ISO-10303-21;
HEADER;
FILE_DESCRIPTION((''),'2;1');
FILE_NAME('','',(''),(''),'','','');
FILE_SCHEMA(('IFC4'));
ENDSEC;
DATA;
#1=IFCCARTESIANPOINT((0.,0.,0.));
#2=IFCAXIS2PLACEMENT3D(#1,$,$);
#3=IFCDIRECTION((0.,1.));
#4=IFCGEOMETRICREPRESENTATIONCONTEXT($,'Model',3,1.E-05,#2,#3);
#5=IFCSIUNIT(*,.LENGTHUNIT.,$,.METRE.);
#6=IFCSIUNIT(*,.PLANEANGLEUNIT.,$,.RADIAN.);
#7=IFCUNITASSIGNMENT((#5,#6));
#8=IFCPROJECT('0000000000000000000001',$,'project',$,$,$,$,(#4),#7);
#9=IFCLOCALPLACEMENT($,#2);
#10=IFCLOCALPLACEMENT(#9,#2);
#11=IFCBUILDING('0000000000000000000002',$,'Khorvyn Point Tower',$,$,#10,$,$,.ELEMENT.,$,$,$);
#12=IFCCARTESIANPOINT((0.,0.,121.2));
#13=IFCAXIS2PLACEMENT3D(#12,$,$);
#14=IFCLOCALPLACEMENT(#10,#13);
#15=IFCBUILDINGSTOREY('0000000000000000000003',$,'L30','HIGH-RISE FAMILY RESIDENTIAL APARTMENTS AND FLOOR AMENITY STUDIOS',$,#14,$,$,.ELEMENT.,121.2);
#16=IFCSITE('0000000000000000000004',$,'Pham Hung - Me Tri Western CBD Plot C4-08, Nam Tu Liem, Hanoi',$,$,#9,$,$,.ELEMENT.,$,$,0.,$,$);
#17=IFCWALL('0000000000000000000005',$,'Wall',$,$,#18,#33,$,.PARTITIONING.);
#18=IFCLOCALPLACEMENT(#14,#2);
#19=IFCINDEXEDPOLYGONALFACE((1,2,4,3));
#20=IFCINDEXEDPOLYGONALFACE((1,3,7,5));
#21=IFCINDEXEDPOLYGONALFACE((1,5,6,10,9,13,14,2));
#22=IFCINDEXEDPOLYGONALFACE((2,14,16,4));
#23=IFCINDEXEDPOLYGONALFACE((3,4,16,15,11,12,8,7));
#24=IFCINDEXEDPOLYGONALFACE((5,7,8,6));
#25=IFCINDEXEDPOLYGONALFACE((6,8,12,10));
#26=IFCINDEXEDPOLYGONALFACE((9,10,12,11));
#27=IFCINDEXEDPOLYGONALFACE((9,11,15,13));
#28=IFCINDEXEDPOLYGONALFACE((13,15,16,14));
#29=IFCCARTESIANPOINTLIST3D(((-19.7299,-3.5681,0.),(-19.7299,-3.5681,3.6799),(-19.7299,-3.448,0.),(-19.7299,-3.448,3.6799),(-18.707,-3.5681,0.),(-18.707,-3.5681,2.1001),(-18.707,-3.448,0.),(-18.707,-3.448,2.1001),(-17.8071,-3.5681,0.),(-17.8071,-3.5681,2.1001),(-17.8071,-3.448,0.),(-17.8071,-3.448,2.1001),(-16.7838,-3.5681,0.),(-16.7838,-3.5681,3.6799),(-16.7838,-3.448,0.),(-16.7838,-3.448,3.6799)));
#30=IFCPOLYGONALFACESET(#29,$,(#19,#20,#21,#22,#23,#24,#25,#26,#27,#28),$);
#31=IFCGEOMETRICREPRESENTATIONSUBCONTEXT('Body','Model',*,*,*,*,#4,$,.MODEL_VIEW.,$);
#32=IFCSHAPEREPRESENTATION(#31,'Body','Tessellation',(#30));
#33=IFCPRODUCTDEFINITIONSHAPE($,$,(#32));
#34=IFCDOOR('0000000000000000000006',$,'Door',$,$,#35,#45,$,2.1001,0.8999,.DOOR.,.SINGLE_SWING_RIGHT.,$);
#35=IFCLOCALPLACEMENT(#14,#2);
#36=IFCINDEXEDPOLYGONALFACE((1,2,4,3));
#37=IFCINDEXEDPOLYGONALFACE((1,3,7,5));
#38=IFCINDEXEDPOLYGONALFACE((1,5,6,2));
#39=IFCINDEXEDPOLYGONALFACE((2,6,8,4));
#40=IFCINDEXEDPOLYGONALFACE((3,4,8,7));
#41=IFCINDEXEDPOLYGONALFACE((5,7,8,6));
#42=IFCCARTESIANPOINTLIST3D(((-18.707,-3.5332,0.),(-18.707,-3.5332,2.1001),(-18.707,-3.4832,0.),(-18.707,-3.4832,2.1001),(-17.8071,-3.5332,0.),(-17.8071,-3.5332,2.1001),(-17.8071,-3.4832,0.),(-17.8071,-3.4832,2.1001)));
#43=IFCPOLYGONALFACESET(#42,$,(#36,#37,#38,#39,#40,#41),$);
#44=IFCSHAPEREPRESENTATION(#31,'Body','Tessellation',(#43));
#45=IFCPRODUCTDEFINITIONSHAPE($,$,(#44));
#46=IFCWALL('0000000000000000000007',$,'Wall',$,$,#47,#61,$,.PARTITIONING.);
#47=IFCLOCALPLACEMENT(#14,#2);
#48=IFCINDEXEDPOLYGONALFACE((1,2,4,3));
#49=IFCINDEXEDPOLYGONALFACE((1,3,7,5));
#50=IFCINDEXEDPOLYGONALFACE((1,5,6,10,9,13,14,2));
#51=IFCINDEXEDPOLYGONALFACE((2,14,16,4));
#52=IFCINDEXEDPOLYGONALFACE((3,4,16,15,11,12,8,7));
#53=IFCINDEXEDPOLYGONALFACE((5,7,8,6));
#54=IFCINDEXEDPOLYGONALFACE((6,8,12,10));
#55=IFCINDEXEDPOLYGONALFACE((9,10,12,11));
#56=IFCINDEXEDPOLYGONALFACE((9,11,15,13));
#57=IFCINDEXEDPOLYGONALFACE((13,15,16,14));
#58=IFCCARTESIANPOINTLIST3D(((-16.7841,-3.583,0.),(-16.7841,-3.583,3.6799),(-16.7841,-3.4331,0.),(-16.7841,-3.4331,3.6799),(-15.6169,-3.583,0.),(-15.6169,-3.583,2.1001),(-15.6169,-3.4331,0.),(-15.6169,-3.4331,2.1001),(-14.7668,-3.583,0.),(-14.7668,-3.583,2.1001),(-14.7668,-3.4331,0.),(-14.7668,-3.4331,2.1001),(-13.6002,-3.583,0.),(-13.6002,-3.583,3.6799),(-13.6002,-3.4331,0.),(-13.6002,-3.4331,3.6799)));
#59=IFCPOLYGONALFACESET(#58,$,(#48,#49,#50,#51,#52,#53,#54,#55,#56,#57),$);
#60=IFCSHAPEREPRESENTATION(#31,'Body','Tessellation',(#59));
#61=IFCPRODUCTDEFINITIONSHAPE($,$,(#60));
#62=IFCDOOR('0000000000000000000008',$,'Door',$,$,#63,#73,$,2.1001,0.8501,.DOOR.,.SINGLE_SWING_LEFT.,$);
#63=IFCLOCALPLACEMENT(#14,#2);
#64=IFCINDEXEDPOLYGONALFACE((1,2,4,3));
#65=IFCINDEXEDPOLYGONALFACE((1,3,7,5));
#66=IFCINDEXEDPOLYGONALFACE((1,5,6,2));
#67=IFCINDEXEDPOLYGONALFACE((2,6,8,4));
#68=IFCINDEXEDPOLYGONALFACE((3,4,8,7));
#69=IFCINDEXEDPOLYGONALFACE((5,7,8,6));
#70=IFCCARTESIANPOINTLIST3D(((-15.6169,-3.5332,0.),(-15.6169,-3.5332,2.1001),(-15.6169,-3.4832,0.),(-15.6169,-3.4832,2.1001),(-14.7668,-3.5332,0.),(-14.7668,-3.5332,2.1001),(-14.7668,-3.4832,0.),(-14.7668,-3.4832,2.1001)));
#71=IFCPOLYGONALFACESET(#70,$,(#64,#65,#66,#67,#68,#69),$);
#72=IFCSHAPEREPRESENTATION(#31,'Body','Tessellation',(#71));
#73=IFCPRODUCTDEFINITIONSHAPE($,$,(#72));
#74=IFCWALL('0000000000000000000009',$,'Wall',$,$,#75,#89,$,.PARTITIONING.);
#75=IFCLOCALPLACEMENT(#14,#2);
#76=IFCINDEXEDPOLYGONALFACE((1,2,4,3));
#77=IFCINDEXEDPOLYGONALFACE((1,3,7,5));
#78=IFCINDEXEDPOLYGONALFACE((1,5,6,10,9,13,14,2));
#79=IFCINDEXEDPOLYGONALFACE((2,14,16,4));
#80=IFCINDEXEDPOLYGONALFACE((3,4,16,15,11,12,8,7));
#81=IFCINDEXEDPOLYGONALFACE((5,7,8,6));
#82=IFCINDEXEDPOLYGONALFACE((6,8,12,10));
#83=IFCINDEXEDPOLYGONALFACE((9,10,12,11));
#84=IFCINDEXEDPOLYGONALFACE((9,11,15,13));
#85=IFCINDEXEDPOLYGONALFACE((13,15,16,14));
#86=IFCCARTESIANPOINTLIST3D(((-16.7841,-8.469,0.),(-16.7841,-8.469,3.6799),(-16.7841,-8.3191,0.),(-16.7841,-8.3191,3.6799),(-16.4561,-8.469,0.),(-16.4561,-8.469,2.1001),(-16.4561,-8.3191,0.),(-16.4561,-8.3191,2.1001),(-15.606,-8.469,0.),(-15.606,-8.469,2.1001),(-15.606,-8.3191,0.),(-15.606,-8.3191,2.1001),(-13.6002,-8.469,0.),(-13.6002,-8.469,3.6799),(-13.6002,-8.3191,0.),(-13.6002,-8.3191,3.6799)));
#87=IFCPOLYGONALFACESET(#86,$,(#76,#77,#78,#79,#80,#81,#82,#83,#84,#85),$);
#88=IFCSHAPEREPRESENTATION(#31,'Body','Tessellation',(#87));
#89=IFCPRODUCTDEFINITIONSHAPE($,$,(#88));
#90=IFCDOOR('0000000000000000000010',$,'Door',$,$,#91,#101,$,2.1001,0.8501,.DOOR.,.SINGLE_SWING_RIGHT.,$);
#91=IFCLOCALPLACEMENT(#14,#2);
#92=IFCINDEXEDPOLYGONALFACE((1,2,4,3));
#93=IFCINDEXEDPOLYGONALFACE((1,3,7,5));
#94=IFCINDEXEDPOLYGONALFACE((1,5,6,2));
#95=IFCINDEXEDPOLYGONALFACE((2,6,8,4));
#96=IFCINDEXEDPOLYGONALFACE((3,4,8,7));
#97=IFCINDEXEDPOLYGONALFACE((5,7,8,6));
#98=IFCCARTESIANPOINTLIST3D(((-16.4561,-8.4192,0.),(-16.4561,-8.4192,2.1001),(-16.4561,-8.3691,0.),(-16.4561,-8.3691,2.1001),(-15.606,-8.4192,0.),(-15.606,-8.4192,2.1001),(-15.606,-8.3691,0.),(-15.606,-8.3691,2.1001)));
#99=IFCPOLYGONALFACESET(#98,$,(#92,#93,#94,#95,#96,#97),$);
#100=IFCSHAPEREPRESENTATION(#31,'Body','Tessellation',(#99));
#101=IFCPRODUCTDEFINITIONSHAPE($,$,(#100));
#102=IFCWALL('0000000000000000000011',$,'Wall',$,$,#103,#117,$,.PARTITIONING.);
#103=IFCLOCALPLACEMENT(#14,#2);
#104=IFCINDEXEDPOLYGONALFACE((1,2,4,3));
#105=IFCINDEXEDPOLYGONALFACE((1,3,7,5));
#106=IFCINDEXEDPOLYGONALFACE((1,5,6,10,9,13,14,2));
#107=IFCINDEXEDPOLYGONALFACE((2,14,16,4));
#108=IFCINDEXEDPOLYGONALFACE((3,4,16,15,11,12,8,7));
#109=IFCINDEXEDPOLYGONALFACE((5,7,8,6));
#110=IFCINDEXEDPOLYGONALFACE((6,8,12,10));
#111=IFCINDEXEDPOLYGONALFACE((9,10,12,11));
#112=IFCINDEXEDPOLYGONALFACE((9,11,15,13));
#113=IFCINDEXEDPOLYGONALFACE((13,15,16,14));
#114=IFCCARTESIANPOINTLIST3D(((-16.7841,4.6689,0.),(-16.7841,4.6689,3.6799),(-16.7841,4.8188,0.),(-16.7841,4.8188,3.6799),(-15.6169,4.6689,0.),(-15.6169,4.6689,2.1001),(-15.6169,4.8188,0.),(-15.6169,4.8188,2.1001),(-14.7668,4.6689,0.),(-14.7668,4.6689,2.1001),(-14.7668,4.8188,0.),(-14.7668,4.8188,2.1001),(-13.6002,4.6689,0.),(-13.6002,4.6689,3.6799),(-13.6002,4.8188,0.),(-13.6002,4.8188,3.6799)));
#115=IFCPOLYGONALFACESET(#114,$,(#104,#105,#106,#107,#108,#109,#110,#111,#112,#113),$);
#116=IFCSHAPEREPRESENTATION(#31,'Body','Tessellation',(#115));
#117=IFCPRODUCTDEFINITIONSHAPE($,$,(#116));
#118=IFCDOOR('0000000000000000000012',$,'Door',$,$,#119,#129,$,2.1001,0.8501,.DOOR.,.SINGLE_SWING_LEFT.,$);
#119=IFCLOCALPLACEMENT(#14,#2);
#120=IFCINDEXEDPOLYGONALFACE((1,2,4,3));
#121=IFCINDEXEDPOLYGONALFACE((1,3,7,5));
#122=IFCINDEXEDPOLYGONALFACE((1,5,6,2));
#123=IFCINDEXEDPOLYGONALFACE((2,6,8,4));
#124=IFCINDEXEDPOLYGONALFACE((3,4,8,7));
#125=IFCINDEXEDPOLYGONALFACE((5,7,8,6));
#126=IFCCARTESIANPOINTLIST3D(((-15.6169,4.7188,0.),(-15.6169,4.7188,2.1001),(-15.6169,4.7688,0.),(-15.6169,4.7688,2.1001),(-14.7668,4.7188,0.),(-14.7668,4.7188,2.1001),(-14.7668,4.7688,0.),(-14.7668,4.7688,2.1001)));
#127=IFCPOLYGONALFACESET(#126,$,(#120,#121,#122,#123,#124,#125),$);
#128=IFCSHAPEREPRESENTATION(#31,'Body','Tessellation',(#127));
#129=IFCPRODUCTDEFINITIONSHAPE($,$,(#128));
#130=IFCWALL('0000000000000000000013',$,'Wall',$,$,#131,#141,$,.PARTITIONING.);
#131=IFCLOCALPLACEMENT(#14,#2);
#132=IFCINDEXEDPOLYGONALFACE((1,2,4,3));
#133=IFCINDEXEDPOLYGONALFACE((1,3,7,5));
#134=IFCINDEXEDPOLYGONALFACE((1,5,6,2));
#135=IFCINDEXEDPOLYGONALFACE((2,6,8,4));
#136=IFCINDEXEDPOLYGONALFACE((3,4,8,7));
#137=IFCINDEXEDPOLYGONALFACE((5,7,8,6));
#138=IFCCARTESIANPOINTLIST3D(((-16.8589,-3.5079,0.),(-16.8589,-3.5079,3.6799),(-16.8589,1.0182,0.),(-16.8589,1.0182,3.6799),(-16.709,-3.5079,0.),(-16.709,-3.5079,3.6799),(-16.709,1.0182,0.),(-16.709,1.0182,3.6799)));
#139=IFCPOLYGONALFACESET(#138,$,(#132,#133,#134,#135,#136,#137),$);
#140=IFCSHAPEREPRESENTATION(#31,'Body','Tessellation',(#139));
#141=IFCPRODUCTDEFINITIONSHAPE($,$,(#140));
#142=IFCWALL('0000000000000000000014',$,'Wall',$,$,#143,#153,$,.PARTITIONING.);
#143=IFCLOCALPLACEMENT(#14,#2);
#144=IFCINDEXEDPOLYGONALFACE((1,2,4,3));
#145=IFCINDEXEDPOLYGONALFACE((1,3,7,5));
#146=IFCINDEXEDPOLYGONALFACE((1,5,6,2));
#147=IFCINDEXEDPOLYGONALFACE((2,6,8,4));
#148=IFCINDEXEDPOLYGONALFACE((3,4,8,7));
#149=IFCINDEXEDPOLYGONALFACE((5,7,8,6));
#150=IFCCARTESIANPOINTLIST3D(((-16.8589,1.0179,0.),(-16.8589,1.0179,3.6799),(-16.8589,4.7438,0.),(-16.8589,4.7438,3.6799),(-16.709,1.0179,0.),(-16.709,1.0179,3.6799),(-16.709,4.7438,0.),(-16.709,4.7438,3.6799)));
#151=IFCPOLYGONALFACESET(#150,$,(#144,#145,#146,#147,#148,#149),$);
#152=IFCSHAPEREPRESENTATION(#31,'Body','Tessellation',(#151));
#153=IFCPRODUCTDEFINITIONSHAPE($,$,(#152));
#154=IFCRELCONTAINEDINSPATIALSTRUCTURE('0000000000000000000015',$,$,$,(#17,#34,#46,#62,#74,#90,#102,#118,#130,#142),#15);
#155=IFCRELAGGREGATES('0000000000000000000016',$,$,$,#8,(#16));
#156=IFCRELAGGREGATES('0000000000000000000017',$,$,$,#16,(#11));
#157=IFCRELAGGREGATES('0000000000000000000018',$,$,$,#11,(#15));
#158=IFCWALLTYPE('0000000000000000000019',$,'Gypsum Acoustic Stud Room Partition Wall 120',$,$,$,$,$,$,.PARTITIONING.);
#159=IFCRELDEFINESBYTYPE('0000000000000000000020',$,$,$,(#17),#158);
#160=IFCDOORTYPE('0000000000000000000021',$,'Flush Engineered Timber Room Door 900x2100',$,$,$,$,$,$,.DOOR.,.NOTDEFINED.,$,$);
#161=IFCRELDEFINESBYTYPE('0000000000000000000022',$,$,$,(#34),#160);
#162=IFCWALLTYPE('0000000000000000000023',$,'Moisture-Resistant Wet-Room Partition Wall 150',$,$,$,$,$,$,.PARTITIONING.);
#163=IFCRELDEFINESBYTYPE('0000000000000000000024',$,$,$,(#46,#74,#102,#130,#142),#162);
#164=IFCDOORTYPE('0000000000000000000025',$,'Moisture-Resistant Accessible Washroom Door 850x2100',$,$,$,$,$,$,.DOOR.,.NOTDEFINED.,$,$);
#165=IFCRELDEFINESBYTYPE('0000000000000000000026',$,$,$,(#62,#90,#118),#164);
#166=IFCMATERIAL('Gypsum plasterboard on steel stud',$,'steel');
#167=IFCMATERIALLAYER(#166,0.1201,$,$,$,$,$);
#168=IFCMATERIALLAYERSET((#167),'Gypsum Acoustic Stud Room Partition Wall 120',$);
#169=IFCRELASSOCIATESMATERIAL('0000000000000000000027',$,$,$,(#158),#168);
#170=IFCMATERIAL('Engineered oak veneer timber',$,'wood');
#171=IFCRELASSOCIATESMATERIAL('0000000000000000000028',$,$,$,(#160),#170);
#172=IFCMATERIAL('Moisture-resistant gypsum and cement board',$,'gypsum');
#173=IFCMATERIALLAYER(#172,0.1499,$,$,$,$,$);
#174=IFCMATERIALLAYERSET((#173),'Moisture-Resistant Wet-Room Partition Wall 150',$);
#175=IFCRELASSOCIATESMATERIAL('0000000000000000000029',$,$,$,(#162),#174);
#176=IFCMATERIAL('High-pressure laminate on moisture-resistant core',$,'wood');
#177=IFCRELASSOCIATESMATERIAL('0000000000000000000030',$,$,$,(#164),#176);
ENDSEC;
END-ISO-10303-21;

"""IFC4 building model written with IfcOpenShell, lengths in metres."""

from ifc_helpers import new_model, si_unit, direction, frame, frame_2d, origin, place, context, subcontext, project, spatial, rectangle, extrude, material, layer, layer_set, type_object, element, fill, save


model = new_model("IFC4")

# Units and contexts
model_context = context("Model", 3, precision=1e-05, world=origin(), true_north=direction((0.0, 1.0)))
body_context = subcontext(model_context, "Body", "Model", "MODEL_VIEW")
ifc_project = project(units=[si_unit("LENGTHUNIT", "METRE"), si_unit("PLANEANGLEUNIT", "RADIAN")], contexts=[model_context])

# Site, building, storey
site_placement = place(None, origin())
site = spatial("IfcSite", under=ifc_project, at=site_placement, Name="Pham Hung - Me Tri Western CBD Plot C4-08, Nam Tu Liem, Hanoi", CompositionType="ELEMENT", RefElevation=0.0)
building_placement = place(site_placement, origin())
building = spatial("IfcBuilding", under=site, at=building_placement, Name="Khorvyn Point Tower", CompositionType="ELEMENT")
storey_placement = place(building_placement, frame((0.0, 0.0, 121.2)))
storey = spatial("IfcBuildingStorey", under=building, at=storey_placement, Name="L30", Description="HIGH-RISE FAMILY RESIDENTIAL APARTMENTS AND FLOOR AMENITY STUDIOS", CompositionType="ELEMENT", Elevation=121.2)

# Walls, openings, doors
ifc_material_1 = material(Name="Gypsum plasterboard on steel stud", Category="steel")
ifc_layer_1 = layer(ifc_material_1, 0.1201)
ifc_layer_set_1 = layer_set([ifc_layer_1], Name="Gypsum Acoustic Stud Room Partition Wall 120")
wall_type_1 = type_object("IfcWallType", Name="Gypsum Acoustic Stud Room Partition Wall 120", PredefinedType="PARTITIONING", material=ifc_layer_set_1)
ifc_material_2 = material(Name="Engineered oak veneer timber", Category="wood")
door_type_1 = type_object("IfcDoorType", Name="Flush Engineered Timber Room Door 900x2100", OperationType="NOTDEFINED", PredefinedType="DOOR", material=ifc_material_2)
wall_1_placement = place(storey_placement, frame((-19.73, -3.5081, 0.0), z_axis=(0.0, 0.0, 1.0), x_axis=(1.0, 0.0, 0.0)))
wall_1 = element("IfcWall", 1, at=wall_1_placement, inside=storey, type_object=wall_type_1, Name="Wall", PredefinedType="PARTITIONING", context=body_context, shape_type="SweptSolid", body=[
    extrude(rectangle(XDim=2.946, YDim=0.1201, at=frame_2d((1.4731, 0.0))), origin(), (0.0, 0.0, 1.0), 3.6799),
])
opening_1_placement = place(wall_1_placement, frame((1.0229, 0.0, 0.0)))
opening_1 = element("IfcOpeningElement", 2, at=opening_1_placement, cuts=wall_1, PredefinedType="OPENING", context=body_context, shape_type="SweptSolid", body=[
    extrude(rectangle(XDim=0.8999, YDim=2.1001, at=frame_2d((0.45, 1.05))), frame((0.0, 0.0701, 0.0), z_axis=(0.0, -1.0, 0.0), x_axis=(1.0, 0.0, 0.0)), (0.0, 0.0, 1.0), 0.1401),
])
door_1_placement = place(opening_1_placement, origin())
door_1 = element("IfcDoor", 3, at=door_1_placement, inside=storey, type_object=door_type_1, Name="Door", OperationType="SINGLE_SWING_RIGHT", OverallHeight=2.1001, OverallWidth=0.8999, PredefinedType="DOOR", context=body_context, shape_type="SweptSolid", body=[
    extrude(rectangle(XDim=0.8999, YDim=2.1001, at=frame_2d((0.45, 1.05))), frame((0.0, 0.0249, 0.0), z_axis=(0.0, -1.0, 0.0), x_axis=(1.0, 0.0, 0.0)), (0.0, 0.0, 1.0), 0.05),
])
fill(opening_1, door_1)
ifc_material_3 = material(Name="Moisture-resistant gypsum and cement board", Category="gypsum")
ifc_layer_2 = layer(ifc_material_3, 0.1499)
ifc_layer_set_2 = layer_set([ifc_layer_2], Name="Moisture-Resistant Wet-Room Partition Wall 150")
wall_type_2 = type_object("IfcWallType", Name="Moisture-Resistant Wet-Room Partition Wall 150", PredefinedType="PARTITIONING", material=ifc_layer_set_2)
wall_2_placement = place(storey_placement, frame((-16.7839, -3.5081, 0.0), z_axis=(0.0, 0.0, 1.0), x_axis=(1.0, 0.0, 0.0)))
wall_2 = element("IfcWall", 4, at=wall_2_placement, inside=storey, type_object=wall_type_2, Name="Wall", PredefinedType="PARTITIONING", context=body_context, shape_type="SweptSolid", body=[
    extrude(rectangle(XDim=3.1838, YDim=0.1499, at=frame_2d((1.5918, 0.0))), origin(), (0.0, 0.0, 1.0), 3.6799),
])
opening_2_placement = place(wall_2_placement, frame((1.167, 0.0, 0.0)))
opening_2 = element("IfcOpeningElement", 5, at=opening_2_placement, cuts=wall_2, PredefinedType="OPENING", context=body_context, shape_type="SweptSolid", body=[
    extrude(rectangle(XDim=0.8501, YDim=2.1001, at=frame_2d((0.425, 1.05))), frame((0.0, 0.085, 0.0), z_axis=(0.0, -1.0, 0.0), x_axis=(1.0, 0.0, 0.0)), (0.0, 0.0, 1.0), 0.1699),
])
ifc_material_4 = material(Name="High-pressure laminate on moisture-resistant core", Category="wood")
door_type_2 = type_object("IfcDoorType", Name="Moisture-Resistant Accessible Washroom Door 850x2100", OperationType="NOTDEFINED", PredefinedType="DOOR", material=ifc_material_4)
door_2_placement = place(opening_2_placement, origin())
door_2 = element("IfcDoor", 6, at=door_2_placement, inside=storey, type_object=door_type_2, Name="Door", OperationType="SINGLE_SWING_LEFT", OverallHeight=2.1001, OverallWidth=0.8501, PredefinedType="DOOR", context=body_context, shape_type="SweptSolid", body=[
    extrude(rectangle(XDim=0.8501, YDim=2.1001, at=frame_2d((0.425, 1.05))), frame((0.0, 0.0249, 0.0), z_axis=(0.0, -1.0, 0.0), x_axis=(1.0, 0.0, 0.0)), (0.0, 0.0, 1.0), 0.05),
])
fill(opening_2, door_2)
wall_3_placement = place(storey_placement, frame((-16.7839, -8.394, 0.0), z_axis=(0.0, 0.0, 1.0), x_axis=(1.0, 0.0, 0.0)))
wall_3 = element("IfcWall", 7, at=wall_3_placement, inside=storey, type_object=wall_type_2, Name="Wall", PredefinedType="PARTITIONING", context=body_context, shape_type="SweptSolid", body=[
    extrude(rectangle(XDim=3.1838, YDim=0.1499, at=frame_2d((1.5918, 0.0))), origin(), (0.0, 0.0, 1.0), 3.6799),
])
opening_3_placement = place(wall_3_placement, frame((0.3279, 0.0, 0.0)))
opening_3 = element("IfcOpeningElement", 8, at=opening_3_placement, cuts=wall_3, PredefinedType="OPENING", context=body_context, shape_type="SweptSolid", body=[
    extrude(rectangle(XDim=0.8501, YDim=2.1001, at=frame_2d((0.425, 1.05))), frame((0.0, 0.085, 0.0), z_axis=(0.0, -1.0, 0.0), x_axis=(1.0, 0.0, 0.0)), (0.0, 0.0, 1.0), 0.1699),
])
door_3_placement = place(opening_3_placement, origin())
door_3 = element("IfcDoor", 9, at=door_3_placement, inside=storey, type_object=door_type_2, Name="Door", OperationType="SINGLE_SWING_RIGHT", OverallHeight=2.1001, OverallWidth=0.8501, PredefinedType="DOOR", context=body_context, shape_type="SweptSolid", body=[
    extrude(rectangle(XDim=0.8501, YDim=2.1001, at=frame_2d((0.425, 1.05))), frame((0.0, 0.0249, 0.0), z_axis=(0.0, -1.0, 0.0), x_axis=(1.0, 0.0, 0.0)), (0.0, 0.0, 1.0), 0.05),
])
fill(opening_3, door_3)
wall_4_placement = place(storey_placement, frame((-16.7839, 4.7439, 0.0), z_axis=(0.0, 0.0, 1.0), x_axis=(1.0, 0.0, 0.0)))
wall_4 = element("IfcWall", 10, at=wall_4_placement, inside=storey, type_object=wall_type_2, Name="Wall", PredefinedType="PARTITIONING", context=body_context, shape_type="SweptSolid", body=[
    extrude(rectangle(XDim=3.1838, YDim=0.1499, at=frame_2d((1.5918, 0.0))), origin(), (0.0, 0.0, 1.0), 3.6799),
])
opening_4_placement = place(wall_4_placement, frame((1.167, 0.0, 0.0)))
opening_4 = element("IfcOpeningElement", 11, at=opening_4_placement, cuts=wall_4, PredefinedType="OPENING", context=body_context, shape_type="SweptSolid", body=[
    extrude(rectangle(XDim=0.8501, YDim=2.1001, at=frame_2d((0.425, 1.05))), frame((0.0, 0.085, 0.0), z_axis=(0.0, -1.0, 0.0), x_axis=(1.0, 0.0, 0.0)), (0.0, 0.0, 1.0), 0.1699),
])
door_4_placement = place(opening_4_placement, origin())
door_4 = element("IfcDoor", 12, at=door_4_placement, inside=storey, type_object=door_type_2, Name="Door", OperationType="SINGLE_SWING_LEFT", OverallHeight=2.1001, OverallWidth=0.8501, PredefinedType="DOOR", context=body_context, shape_type="SweptSolid", body=[
    extrude(rectangle(XDim=0.8501, YDim=2.1001, at=frame_2d((0.425, 1.05))), frame((0.0, 0.0249, 0.0), z_axis=(0.0, -1.0, 0.0), x_axis=(1.0, 0.0, 0.0)), (0.0, 0.0, 1.0), 0.05),
])
fill(opening_4, door_4)

# Walls
wall_5_placement = place(storey_placement, frame((-16.7839, -3.5081, 0.0), z_axis=(0.0, 0.0, 1.0), x_axis=(0.0, 1.0, 0.0)))
element("IfcWall", 13, at=wall_5_placement, inside=storey, type_object=wall_type_2, Name="Wall", PredefinedType="PARTITIONING", context=body_context, shape_type="SweptSolid", body=[
    extrude(rectangle(XDim=4.5261, YDim=0.1499, at=frame_2d((2.2632, 0.0))), origin(), (0.0, 0.0, 1.0), 3.6799),
])
wall_6_placement = place(storey_placement, frame((-16.7839, 1.0181, 0.0), z_axis=(0.0, 0.0, 1.0), x_axis=(0.0, 1.0, 0.0)))
element("IfcWall", 14, at=wall_6_placement, inside=storey, type_object=wall_type_2, Name="Wall", PredefinedType="PARTITIONING", context=body_context, shape_type="SweptSolid", body=[
    extrude(rectangle(XDim=3.7258, YDim=0.1499, at=frame_2d((1.8628, 0.0))), origin(), (0.0, 0.0, 1.0), 3.6799),
])

save(model, "model.ifc")
